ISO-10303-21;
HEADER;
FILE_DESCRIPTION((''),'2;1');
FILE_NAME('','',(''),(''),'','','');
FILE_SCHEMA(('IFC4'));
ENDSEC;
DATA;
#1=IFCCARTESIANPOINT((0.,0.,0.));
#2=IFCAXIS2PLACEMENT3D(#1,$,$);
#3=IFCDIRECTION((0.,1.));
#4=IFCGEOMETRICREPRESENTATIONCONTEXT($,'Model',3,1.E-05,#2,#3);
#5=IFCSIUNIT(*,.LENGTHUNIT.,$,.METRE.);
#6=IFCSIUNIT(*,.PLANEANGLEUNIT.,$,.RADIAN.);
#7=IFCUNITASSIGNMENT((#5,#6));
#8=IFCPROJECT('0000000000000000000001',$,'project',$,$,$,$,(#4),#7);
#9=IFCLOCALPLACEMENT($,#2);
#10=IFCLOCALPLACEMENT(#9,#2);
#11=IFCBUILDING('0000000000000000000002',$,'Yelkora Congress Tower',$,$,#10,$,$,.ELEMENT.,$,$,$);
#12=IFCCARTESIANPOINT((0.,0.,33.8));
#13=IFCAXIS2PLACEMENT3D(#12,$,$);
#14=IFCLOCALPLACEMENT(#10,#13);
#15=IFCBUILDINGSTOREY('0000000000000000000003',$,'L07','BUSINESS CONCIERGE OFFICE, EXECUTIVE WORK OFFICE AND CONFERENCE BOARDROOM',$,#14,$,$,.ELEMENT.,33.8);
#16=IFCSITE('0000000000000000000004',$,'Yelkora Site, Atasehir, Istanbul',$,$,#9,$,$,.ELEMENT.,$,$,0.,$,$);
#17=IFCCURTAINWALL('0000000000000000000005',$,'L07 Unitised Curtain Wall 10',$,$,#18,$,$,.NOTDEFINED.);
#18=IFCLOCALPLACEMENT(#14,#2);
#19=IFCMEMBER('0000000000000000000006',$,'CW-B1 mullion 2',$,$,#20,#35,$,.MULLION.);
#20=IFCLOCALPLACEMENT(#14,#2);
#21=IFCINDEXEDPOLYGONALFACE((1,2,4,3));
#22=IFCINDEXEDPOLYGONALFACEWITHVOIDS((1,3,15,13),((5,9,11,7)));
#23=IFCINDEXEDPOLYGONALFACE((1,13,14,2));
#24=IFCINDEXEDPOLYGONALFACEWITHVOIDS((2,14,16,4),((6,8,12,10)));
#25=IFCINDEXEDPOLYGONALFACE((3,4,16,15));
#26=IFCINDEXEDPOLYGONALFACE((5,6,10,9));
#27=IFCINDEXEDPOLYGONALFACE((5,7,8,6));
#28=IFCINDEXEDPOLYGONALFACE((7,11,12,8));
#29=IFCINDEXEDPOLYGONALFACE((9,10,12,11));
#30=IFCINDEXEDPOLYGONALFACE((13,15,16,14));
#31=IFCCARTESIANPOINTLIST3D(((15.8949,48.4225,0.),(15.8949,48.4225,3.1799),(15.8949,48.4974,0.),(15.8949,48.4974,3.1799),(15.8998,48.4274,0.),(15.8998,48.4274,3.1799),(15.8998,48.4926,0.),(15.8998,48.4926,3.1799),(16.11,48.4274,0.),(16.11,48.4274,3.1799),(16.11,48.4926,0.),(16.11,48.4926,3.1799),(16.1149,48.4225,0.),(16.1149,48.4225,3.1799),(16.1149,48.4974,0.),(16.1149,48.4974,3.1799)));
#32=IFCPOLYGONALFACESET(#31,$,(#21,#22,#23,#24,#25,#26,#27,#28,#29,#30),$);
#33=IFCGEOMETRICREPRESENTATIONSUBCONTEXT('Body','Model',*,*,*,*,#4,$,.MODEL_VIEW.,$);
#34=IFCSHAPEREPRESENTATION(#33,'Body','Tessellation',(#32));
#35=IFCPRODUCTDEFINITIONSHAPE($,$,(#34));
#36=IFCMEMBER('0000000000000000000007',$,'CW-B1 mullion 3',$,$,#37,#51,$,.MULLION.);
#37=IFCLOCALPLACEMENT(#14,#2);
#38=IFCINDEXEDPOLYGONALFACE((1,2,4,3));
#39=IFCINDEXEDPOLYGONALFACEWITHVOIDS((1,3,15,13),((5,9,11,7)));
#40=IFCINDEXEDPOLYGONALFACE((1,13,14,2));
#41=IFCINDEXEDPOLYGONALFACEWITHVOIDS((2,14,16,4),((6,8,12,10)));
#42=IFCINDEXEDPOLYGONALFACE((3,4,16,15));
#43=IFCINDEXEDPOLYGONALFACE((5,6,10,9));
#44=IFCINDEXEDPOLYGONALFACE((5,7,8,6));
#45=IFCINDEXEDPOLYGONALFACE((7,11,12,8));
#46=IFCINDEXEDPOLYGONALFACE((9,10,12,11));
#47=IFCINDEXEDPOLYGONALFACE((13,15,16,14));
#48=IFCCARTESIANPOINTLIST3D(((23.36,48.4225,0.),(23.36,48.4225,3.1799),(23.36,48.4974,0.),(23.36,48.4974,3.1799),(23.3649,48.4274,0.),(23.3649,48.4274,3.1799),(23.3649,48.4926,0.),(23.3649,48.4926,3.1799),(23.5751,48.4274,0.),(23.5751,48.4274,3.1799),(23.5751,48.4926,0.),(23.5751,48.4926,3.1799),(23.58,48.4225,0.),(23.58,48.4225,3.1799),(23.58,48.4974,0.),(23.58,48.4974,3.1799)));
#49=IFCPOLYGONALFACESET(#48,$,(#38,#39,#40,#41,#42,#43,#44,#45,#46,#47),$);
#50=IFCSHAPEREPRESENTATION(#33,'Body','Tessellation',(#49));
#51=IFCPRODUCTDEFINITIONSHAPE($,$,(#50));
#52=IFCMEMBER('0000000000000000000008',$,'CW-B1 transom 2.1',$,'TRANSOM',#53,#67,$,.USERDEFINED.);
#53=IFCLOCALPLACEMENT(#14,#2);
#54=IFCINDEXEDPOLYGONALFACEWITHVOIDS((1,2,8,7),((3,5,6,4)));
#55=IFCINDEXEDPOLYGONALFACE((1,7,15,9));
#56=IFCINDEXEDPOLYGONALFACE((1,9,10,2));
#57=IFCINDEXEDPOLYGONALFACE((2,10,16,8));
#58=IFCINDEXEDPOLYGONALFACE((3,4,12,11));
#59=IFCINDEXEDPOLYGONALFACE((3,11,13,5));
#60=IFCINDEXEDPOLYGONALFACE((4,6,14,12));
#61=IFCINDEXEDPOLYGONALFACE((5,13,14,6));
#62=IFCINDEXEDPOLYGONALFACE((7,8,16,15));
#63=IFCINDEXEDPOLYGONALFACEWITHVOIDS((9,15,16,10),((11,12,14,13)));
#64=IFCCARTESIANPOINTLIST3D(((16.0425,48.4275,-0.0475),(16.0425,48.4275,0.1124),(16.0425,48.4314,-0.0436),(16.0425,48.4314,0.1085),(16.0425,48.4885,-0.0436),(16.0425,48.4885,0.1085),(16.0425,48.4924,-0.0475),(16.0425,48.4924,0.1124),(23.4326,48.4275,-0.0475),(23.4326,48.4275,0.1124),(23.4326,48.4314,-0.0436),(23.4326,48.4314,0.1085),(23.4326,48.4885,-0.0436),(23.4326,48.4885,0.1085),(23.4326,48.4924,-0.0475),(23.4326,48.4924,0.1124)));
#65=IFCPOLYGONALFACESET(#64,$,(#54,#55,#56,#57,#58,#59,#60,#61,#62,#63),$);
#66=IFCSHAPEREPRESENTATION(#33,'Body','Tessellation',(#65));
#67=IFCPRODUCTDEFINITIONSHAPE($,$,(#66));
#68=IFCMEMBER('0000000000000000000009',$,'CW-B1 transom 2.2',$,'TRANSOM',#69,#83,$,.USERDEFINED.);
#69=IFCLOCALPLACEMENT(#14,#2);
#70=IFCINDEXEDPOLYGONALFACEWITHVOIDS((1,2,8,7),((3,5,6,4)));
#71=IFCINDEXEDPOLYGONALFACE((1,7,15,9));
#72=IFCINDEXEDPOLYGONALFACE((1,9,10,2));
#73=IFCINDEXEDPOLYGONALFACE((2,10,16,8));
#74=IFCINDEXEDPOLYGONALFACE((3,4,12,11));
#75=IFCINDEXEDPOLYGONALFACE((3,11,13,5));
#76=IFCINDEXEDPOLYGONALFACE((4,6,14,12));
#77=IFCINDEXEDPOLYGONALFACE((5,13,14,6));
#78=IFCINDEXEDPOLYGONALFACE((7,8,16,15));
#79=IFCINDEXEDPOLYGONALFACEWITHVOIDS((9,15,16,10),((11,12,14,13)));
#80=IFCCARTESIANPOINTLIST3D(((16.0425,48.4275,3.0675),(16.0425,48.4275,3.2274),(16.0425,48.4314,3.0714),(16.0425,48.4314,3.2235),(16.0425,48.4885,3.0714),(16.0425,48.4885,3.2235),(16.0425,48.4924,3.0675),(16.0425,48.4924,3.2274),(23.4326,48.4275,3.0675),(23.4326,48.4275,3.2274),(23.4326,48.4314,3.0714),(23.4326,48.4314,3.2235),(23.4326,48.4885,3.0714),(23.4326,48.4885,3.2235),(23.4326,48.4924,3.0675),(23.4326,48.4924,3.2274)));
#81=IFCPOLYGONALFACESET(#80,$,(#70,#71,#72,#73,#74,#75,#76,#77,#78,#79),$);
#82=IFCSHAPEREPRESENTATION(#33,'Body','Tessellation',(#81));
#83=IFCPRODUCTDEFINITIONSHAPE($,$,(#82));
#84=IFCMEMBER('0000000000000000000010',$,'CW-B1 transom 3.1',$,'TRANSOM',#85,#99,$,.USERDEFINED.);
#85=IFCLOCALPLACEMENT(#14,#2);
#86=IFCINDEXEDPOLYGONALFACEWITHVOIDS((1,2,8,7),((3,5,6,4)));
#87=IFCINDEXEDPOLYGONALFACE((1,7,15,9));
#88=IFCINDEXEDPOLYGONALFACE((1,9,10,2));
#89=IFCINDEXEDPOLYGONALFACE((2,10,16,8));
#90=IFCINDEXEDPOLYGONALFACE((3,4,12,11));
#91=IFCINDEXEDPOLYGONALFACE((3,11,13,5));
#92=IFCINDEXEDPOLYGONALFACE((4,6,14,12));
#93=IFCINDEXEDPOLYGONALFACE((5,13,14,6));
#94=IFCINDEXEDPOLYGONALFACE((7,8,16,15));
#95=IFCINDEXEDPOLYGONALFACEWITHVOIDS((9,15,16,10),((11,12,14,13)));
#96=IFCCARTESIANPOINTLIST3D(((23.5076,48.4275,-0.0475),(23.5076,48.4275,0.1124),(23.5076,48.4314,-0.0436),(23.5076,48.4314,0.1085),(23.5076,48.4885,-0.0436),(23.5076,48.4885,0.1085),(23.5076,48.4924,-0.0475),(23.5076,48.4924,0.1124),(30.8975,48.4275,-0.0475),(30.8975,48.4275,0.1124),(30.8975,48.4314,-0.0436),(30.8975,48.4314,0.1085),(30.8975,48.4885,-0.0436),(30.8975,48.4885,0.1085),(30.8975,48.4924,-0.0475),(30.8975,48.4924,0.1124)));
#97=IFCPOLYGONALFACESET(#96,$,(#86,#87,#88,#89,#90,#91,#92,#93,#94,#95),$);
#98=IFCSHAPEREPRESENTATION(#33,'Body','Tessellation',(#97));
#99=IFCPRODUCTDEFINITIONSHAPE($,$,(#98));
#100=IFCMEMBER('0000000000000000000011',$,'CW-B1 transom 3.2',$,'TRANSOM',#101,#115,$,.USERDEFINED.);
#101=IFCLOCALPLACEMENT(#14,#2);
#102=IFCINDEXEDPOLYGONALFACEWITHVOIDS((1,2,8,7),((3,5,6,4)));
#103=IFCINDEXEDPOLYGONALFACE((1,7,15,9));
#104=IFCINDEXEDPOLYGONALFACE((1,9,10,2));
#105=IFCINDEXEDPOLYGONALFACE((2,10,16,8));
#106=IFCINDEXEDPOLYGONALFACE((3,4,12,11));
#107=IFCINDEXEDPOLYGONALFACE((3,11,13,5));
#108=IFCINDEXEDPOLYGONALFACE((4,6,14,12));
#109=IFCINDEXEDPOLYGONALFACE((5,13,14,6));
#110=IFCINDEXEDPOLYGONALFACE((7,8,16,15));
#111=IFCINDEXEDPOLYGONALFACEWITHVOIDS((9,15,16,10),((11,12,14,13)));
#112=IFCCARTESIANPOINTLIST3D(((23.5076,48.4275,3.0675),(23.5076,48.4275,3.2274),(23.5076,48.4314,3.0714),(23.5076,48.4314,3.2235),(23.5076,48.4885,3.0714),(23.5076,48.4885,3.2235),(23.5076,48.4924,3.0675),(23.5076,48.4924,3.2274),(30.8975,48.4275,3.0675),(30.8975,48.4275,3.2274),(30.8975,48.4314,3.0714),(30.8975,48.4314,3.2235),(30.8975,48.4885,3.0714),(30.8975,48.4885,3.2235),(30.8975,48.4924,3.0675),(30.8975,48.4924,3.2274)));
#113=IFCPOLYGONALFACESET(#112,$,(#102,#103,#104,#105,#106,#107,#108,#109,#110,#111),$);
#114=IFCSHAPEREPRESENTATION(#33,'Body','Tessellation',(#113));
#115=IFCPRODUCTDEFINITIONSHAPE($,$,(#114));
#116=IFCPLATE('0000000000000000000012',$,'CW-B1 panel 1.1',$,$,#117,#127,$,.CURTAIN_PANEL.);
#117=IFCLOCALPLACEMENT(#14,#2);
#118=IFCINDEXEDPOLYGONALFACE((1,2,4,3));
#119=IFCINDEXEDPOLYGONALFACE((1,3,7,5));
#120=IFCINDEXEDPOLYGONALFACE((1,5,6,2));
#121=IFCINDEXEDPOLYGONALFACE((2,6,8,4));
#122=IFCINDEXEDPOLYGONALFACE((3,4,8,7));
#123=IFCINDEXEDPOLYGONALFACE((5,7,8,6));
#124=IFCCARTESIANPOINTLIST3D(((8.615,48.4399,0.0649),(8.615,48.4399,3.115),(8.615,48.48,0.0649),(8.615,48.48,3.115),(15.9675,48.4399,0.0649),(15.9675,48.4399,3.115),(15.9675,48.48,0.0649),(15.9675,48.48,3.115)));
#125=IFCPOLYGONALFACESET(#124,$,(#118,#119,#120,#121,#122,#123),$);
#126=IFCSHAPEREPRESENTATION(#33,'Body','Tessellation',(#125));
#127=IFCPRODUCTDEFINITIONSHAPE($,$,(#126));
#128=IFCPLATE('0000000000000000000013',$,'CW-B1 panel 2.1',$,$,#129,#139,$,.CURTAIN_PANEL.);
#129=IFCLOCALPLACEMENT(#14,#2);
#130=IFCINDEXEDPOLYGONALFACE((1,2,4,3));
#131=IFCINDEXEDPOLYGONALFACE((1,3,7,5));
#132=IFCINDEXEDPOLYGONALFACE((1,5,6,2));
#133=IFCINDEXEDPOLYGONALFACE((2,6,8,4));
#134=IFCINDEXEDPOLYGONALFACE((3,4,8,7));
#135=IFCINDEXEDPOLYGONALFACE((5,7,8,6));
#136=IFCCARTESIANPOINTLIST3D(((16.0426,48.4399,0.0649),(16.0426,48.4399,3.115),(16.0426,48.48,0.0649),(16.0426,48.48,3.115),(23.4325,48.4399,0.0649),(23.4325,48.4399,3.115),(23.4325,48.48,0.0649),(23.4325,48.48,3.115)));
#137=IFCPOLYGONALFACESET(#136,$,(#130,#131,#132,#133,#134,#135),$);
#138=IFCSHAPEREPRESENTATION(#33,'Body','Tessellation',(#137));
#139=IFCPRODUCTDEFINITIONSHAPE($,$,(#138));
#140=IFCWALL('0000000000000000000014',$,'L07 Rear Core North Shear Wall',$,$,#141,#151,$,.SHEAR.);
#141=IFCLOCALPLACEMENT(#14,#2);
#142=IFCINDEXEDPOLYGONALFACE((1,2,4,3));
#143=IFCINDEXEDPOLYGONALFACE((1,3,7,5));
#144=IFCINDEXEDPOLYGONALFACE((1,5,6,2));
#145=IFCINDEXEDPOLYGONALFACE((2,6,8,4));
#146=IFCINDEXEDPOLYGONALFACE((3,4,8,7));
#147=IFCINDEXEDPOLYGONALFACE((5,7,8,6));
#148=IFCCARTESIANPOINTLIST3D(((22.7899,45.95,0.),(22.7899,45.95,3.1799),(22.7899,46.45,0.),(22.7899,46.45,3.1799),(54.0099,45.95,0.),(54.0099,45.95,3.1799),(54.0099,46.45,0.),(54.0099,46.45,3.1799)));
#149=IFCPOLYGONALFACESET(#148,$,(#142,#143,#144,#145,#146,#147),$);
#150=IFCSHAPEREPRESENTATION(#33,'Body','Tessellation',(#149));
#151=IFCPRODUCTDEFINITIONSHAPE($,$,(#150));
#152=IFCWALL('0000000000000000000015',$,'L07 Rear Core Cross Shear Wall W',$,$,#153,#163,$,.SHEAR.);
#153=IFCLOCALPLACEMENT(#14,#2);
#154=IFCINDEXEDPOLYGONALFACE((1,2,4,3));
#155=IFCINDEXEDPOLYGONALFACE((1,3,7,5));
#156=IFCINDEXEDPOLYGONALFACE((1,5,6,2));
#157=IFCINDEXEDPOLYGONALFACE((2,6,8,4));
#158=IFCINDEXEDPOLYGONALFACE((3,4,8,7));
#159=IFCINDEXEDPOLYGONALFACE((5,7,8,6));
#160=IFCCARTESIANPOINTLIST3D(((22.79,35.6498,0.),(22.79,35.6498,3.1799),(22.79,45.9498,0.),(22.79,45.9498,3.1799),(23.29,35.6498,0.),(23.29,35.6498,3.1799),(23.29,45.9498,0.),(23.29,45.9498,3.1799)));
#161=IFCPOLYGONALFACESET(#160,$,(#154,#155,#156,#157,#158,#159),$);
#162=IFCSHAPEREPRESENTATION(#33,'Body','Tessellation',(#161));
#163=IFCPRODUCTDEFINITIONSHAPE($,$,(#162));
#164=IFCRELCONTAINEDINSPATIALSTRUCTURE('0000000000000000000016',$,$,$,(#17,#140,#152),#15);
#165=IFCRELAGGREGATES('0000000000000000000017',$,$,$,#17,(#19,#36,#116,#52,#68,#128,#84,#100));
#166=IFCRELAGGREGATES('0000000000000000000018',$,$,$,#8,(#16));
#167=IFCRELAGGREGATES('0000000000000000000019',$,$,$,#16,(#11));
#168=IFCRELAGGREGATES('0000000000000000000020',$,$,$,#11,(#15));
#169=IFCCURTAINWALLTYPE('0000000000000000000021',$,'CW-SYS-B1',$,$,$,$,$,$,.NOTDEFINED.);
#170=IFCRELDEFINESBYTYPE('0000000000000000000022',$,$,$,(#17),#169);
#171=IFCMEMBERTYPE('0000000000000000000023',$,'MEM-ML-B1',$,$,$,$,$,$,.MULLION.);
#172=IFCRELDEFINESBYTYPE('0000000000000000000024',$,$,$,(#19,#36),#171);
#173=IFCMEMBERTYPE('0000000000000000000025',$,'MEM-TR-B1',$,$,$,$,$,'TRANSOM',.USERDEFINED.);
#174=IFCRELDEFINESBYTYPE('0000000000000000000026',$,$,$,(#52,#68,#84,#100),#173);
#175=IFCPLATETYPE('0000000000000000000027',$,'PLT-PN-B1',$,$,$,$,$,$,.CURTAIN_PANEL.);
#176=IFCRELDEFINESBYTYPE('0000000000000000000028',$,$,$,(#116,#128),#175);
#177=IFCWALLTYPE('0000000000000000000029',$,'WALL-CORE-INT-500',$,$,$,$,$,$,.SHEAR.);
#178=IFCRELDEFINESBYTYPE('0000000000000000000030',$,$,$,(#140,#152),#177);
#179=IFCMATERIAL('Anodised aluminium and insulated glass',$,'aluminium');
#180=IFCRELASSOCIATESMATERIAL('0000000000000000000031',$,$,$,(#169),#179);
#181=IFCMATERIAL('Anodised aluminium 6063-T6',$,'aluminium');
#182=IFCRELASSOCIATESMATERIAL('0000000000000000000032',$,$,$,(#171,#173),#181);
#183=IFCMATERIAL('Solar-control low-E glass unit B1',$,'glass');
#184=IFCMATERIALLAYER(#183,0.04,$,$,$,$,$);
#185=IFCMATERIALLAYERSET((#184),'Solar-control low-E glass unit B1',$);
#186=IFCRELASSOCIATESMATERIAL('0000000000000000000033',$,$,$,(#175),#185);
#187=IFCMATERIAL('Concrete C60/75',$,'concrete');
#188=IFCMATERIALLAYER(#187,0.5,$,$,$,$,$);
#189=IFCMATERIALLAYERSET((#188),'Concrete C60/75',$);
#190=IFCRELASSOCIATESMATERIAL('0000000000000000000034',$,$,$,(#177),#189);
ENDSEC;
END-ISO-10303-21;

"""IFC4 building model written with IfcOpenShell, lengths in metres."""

from ifc_helpers import new_model, si_unit, direction, frame, frame_2d, origin, origin_2d, place, context, subcontext, project, spatial, rectangle, hollow_rectangle, extrude, material, layer, layer_set, material_profile, profile_set, type_object, element, aggregate, save


model = new_model("IFC4")

# Units and contexts
model_context = context("Model", 3, precision=1e-05, world=origin(), true_north=direction((0.0, 1.0)))
body_context = subcontext(model_context, "Body", "Model", "MODEL_VIEW")
ifc_project = project(units=[si_unit("LENGTHUNIT", "METRE"), si_unit("PLANEANGLEUNIT", "RADIAN")], contexts=[model_context])

# Site, building, storey
site_placement = place(None, origin())
site = spatial("IfcSite", under=ifc_project, at=site_placement, Name="Yelkora Site, Atasehir, Istanbul", CompositionType="ELEMENT", RefElevation=0.0)
building_placement = place(site_placement, origin())
building = spatial("IfcBuilding", under=site, at=building_placement, Name="Yelkora Congress Tower", CompositionType="ELEMENT")
storey_placement = place(building_placement, frame((0.0, 0.0, 33.8)))
storey = spatial("IfcBuildingStorey", under=building, at=storey_placement, Name="L07", Description="BUSINESS CONCIERGE OFFICE, EXECUTIVE WORK OFFICE AND CONFERENCE BOARDROOM", CompositionType="ELEMENT", Elevation=33.8)

# Shared definitions
ifc_material_1 = material(Name="Concrete C60/75", Category="concrete")

# Curtain wall, members, plates
ifc_material_2 = material(Name="Anodised aluminium and insulated glass", Category="aluminium")
curtain_wall_type = type_object("IfcCurtainWallType", Name="CW-SYS-B1", PredefinedType="NOTDEFINED", material=ifc_material_2)
curtain_wall_placement = place(storey_placement, origin())
curtain_wall = element("IfcCurtainWall", 1, at=curtain_wall_placement, inside=storey, type_object=curtain_wall_type, Name="L07 Unitised Curtain Wall 10", PredefinedType="NOTDEFINED")
ifc_material_3 = material(Name="Anodised aluminium 6063-T6", Category="aluminium")
ifc_material_profile_1 = material_profile(ifc_material_3, hollow_rectangle(XDim=0.075, YDim=0.22, WallThickness=0.0049, at=origin_2d()), Name="ALU 75x220x5")
ifc_profile_set_1 = profile_set([ifc_material_profile_1], Name="Anodised aluminium 6063-T6")
member_type_1 = type_object("IfcMemberType", Name="MEM-ML-B1", PredefinedType="MULLION", material=ifc_profile_set_1)
member_1_placement = place(storey_placement, frame((16.0049, 48.46, 0.0), z_axis=(0.0, 0.0, 1.0), x_axis=(0.0, 1.0, 0.0)))
member_1 = element("IfcMember", 2, at=member_1_placement, type_object=member_type_1, Name="CW-B1 mullion 2", PredefinedType="MULLION", context=body_context, shape_type="SweptSolid", body=[
    extrude(hollow_rectangle(XDim=0.075, YDim=0.22, WallThickness=0.0049, at=origin_2d()), origin(), (0.0, 0.0, 1.0), 3.1799),
])
member_2_placement = place(storey_placement, frame((23.47, 48.46, 0.0), z_axis=(0.0, 0.0, 1.0), x_axis=(0.0, 1.0, 0.0)))
member_2 = element("IfcMember", 3, at=member_2_placement, type_object=member_type_1, Name="CW-B1 mullion 3", PredefinedType="MULLION", context=body_context, shape_type="SweptSolid", body=[
    extrude(hollow_rectangle(XDim=0.075, YDim=0.22, WallThickness=0.0049, at=origin_2d()), origin(), (0.0, 0.0, 1.0), 3.1799),
])
ifc_material_profile_2 = material_profile(ifc_material_3, hollow_rectangle(XDim=0.0649, YDim=0.1599, WallThickness=0.0039, at=origin_2d()), Name="ALU 65x160x4")
ifc_profile_set_2 = profile_set([ifc_material_profile_2], Name="Anodised aluminium 6063-T6")
member_type_2 = type_object("IfcMemberType", Name="MEM-TR-B1", ElementType="TRANSOM", PredefinedType="USERDEFINED", material=ifc_profile_set_2)
member_3_placement = place(storey_placement, frame((16.0425, 48.46, 0.0325), z_axis=(1.0, 0.0, 0.0), x_axis=(0.0, 1.0, 0.0)))
member_3 = element("IfcMember", 4, at=member_3_placement, type_object=member_type_2, Name="CW-B1 transom 2.1", ObjectType="TRANSOM", PredefinedType="USERDEFINED", context=body_context, shape_type="SweptSolid", body=[
    extrude(hollow_rectangle(XDim=0.0649, YDim=0.1599, WallThickness=0.0039, at=origin_2d()), origin(), (0.0, 0.0, 1.0), 7.3901),
])
member_4_placement = place(storey_placement, frame((16.0425, 48.46, 3.1475), z_axis=(1.0, 0.0, 0.0), x_axis=(0.0, 1.0, 0.0)))
member_4 = element("IfcMember", 5, at=member_4_placement, type_object=member_type_2, Name="CW-B1 transom 2.2", ObjectType="TRANSOM", PredefinedType="USERDEFINED", context=body_context, shape_type="SweptSolid", body=[
    extrude(hollow_rectangle(XDim=0.0649, YDim=0.1599, WallThickness=0.0039, at=origin_2d()), origin(), (0.0, 0.0, 1.0), 7.3901),
])
member_5_placement = place(storey_placement, frame((23.5076, 48.46, 0.0325), z_axis=(1.0, 0.0, 0.0), x_axis=(0.0, 1.0, 0.0)))
member_5 = element("IfcMember", 6, at=member_5_placement, type_object=member_type_2, Name="CW-B1 transom 3.1", ObjectType="TRANSOM", PredefinedType="USERDEFINED", context=body_context, shape_type="SweptSolid", body=[
    extrude(hollow_rectangle(XDim=0.0649, YDim=0.1599, WallThickness=0.0039, at=origin_2d()), origin(), (0.0, 0.0, 1.0), 7.3899),
])
member_6_placement = place(storey_placement, frame((23.5076, 48.46, 3.1475), z_axis=(1.0, 0.0, 0.0), x_axis=(0.0, 1.0, 0.0)))
member_6 = element("IfcMember", 7, at=member_6_placement, type_object=member_type_2, Name="CW-B1 transom 3.2", ObjectType="TRANSOM", PredefinedType="USERDEFINED", context=body_context, shape_type="SweptSolid", body=[
    extrude(hollow_rectangle(XDim=0.0649, YDim=0.1599, WallThickness=0.0039, at=origin_2d()), origin(), (0.0, 0.0, 1.0), 7.3899),
])
ifc_material_4 = material(Name="Solar-control low-E glass unit B1", Category="glass")
ifc_layer_1 = layer(ifc_material_4, 0.04)
ifc_layer_set_1 = layer_set([ifc_layer_1], Name="Solar-control low-E glass unit B1")
plate_type = type_object("IfcPlateType", Name="PLT-PN-B1", PredefinedType="CURTAIN_PANEL", material=ifc_layer_set_1)
plate_1_placement = place(storey_placement, frame((12.2913, 48.46, 0.0649), z_axis=(0.0, 0.0, 1.0), x_axis=(1.0, 0.0, 0.0)))
plate_1 = element("IfcPlate", 8, at=plate_1_placement, type_object=plate_type, Name="CW-B1 panel 1.1", PredefinedType="CURTAIN_PANEL", context=body_context, shape_type="SweptSolid", body=[
    extrude(rectangle(XDim=7.3525, YDim=0.04, at=origin_2d()), origin(), (0.0, 0.0, 1.0), 3.05),
])
plate_2_placement = place(storey_placement, frame((19.7375, 48.46, 0.0649), z_axis=(0.0, 0.0, 1.0), x_axis=(1.0, 0.0, 0.0)))
plate_2 = element("IfcPlate", 9, at=plate_2_placement, type_object=plate_type, Name="CW-B1 panel 2.1", PredefinedType="CURTAIN_PANEL", context=body_context, shape_type="SweptSolid", body=[
    extrude(rectangle(XDim=7.3899, YDim=0.04, at=origin_2d()), origin(), (0.0, 0.0, 1.0), 3.05),
])
aggregate(curtain_wall, [member_1, member_2, plate_1, member_3, member_4, plate_2, member_5, member_6])

# Walls
ifc_layer_2 = layer(ifc_material_1, 0.5)
ifc_layer_set_2 = layer_set([ifc_layer_2], Name="Concrete C60/75")
wall_type_1 = type_object("IfcWallType", Name="WALL-CORE-INT-500", PredefinedType="SHEAR", material=ifc_layer_set_2)
wall_1_placement = place(storey_placement, frame((22.79, 46.2, 0.0), z_axis=(0.0, 0.0, 1.0), x_axis=(1.0, 0.0, 0.0)))
element("IfcWall", 10, at=wall_1_placement, inside=storey, type_object=wall_type_1, Name="L07 Rear Core North Shear Wall", PredefinedType="SHEAR", context=body_context, shape_type="SweptSolid", body=[
    extrude(rectangle(XDim=31.22, YDim=0.5, at=frame_2d((15.6099, 0.0))), origin(), (0.0, 0.0, 1.0), 3.1799),
])
wall_2_placement = place(storey_placement, frame((23.04, 35.6499, 0.0), z_axis=(0.0, 0.0, 1.0), x_axis=(0.0, 1.0, 0.0)))
element("IfcWall", 11, at=wall_2_placement, inside=storey, type_object=wall_type_1, Name="L07 Rear Core Cross Shear Wall W", PredefinedType="SHEAR", context=body_context, shape_type="SweptSolid", body=[
    extrude(rectangle(XDim=10.3, YDim=0.5, at=frame_2d((5.1499, 0.0))), origin(), (0.0, 0.0, 1.0), 3.1799),
])

save(model, "model.ifc")
